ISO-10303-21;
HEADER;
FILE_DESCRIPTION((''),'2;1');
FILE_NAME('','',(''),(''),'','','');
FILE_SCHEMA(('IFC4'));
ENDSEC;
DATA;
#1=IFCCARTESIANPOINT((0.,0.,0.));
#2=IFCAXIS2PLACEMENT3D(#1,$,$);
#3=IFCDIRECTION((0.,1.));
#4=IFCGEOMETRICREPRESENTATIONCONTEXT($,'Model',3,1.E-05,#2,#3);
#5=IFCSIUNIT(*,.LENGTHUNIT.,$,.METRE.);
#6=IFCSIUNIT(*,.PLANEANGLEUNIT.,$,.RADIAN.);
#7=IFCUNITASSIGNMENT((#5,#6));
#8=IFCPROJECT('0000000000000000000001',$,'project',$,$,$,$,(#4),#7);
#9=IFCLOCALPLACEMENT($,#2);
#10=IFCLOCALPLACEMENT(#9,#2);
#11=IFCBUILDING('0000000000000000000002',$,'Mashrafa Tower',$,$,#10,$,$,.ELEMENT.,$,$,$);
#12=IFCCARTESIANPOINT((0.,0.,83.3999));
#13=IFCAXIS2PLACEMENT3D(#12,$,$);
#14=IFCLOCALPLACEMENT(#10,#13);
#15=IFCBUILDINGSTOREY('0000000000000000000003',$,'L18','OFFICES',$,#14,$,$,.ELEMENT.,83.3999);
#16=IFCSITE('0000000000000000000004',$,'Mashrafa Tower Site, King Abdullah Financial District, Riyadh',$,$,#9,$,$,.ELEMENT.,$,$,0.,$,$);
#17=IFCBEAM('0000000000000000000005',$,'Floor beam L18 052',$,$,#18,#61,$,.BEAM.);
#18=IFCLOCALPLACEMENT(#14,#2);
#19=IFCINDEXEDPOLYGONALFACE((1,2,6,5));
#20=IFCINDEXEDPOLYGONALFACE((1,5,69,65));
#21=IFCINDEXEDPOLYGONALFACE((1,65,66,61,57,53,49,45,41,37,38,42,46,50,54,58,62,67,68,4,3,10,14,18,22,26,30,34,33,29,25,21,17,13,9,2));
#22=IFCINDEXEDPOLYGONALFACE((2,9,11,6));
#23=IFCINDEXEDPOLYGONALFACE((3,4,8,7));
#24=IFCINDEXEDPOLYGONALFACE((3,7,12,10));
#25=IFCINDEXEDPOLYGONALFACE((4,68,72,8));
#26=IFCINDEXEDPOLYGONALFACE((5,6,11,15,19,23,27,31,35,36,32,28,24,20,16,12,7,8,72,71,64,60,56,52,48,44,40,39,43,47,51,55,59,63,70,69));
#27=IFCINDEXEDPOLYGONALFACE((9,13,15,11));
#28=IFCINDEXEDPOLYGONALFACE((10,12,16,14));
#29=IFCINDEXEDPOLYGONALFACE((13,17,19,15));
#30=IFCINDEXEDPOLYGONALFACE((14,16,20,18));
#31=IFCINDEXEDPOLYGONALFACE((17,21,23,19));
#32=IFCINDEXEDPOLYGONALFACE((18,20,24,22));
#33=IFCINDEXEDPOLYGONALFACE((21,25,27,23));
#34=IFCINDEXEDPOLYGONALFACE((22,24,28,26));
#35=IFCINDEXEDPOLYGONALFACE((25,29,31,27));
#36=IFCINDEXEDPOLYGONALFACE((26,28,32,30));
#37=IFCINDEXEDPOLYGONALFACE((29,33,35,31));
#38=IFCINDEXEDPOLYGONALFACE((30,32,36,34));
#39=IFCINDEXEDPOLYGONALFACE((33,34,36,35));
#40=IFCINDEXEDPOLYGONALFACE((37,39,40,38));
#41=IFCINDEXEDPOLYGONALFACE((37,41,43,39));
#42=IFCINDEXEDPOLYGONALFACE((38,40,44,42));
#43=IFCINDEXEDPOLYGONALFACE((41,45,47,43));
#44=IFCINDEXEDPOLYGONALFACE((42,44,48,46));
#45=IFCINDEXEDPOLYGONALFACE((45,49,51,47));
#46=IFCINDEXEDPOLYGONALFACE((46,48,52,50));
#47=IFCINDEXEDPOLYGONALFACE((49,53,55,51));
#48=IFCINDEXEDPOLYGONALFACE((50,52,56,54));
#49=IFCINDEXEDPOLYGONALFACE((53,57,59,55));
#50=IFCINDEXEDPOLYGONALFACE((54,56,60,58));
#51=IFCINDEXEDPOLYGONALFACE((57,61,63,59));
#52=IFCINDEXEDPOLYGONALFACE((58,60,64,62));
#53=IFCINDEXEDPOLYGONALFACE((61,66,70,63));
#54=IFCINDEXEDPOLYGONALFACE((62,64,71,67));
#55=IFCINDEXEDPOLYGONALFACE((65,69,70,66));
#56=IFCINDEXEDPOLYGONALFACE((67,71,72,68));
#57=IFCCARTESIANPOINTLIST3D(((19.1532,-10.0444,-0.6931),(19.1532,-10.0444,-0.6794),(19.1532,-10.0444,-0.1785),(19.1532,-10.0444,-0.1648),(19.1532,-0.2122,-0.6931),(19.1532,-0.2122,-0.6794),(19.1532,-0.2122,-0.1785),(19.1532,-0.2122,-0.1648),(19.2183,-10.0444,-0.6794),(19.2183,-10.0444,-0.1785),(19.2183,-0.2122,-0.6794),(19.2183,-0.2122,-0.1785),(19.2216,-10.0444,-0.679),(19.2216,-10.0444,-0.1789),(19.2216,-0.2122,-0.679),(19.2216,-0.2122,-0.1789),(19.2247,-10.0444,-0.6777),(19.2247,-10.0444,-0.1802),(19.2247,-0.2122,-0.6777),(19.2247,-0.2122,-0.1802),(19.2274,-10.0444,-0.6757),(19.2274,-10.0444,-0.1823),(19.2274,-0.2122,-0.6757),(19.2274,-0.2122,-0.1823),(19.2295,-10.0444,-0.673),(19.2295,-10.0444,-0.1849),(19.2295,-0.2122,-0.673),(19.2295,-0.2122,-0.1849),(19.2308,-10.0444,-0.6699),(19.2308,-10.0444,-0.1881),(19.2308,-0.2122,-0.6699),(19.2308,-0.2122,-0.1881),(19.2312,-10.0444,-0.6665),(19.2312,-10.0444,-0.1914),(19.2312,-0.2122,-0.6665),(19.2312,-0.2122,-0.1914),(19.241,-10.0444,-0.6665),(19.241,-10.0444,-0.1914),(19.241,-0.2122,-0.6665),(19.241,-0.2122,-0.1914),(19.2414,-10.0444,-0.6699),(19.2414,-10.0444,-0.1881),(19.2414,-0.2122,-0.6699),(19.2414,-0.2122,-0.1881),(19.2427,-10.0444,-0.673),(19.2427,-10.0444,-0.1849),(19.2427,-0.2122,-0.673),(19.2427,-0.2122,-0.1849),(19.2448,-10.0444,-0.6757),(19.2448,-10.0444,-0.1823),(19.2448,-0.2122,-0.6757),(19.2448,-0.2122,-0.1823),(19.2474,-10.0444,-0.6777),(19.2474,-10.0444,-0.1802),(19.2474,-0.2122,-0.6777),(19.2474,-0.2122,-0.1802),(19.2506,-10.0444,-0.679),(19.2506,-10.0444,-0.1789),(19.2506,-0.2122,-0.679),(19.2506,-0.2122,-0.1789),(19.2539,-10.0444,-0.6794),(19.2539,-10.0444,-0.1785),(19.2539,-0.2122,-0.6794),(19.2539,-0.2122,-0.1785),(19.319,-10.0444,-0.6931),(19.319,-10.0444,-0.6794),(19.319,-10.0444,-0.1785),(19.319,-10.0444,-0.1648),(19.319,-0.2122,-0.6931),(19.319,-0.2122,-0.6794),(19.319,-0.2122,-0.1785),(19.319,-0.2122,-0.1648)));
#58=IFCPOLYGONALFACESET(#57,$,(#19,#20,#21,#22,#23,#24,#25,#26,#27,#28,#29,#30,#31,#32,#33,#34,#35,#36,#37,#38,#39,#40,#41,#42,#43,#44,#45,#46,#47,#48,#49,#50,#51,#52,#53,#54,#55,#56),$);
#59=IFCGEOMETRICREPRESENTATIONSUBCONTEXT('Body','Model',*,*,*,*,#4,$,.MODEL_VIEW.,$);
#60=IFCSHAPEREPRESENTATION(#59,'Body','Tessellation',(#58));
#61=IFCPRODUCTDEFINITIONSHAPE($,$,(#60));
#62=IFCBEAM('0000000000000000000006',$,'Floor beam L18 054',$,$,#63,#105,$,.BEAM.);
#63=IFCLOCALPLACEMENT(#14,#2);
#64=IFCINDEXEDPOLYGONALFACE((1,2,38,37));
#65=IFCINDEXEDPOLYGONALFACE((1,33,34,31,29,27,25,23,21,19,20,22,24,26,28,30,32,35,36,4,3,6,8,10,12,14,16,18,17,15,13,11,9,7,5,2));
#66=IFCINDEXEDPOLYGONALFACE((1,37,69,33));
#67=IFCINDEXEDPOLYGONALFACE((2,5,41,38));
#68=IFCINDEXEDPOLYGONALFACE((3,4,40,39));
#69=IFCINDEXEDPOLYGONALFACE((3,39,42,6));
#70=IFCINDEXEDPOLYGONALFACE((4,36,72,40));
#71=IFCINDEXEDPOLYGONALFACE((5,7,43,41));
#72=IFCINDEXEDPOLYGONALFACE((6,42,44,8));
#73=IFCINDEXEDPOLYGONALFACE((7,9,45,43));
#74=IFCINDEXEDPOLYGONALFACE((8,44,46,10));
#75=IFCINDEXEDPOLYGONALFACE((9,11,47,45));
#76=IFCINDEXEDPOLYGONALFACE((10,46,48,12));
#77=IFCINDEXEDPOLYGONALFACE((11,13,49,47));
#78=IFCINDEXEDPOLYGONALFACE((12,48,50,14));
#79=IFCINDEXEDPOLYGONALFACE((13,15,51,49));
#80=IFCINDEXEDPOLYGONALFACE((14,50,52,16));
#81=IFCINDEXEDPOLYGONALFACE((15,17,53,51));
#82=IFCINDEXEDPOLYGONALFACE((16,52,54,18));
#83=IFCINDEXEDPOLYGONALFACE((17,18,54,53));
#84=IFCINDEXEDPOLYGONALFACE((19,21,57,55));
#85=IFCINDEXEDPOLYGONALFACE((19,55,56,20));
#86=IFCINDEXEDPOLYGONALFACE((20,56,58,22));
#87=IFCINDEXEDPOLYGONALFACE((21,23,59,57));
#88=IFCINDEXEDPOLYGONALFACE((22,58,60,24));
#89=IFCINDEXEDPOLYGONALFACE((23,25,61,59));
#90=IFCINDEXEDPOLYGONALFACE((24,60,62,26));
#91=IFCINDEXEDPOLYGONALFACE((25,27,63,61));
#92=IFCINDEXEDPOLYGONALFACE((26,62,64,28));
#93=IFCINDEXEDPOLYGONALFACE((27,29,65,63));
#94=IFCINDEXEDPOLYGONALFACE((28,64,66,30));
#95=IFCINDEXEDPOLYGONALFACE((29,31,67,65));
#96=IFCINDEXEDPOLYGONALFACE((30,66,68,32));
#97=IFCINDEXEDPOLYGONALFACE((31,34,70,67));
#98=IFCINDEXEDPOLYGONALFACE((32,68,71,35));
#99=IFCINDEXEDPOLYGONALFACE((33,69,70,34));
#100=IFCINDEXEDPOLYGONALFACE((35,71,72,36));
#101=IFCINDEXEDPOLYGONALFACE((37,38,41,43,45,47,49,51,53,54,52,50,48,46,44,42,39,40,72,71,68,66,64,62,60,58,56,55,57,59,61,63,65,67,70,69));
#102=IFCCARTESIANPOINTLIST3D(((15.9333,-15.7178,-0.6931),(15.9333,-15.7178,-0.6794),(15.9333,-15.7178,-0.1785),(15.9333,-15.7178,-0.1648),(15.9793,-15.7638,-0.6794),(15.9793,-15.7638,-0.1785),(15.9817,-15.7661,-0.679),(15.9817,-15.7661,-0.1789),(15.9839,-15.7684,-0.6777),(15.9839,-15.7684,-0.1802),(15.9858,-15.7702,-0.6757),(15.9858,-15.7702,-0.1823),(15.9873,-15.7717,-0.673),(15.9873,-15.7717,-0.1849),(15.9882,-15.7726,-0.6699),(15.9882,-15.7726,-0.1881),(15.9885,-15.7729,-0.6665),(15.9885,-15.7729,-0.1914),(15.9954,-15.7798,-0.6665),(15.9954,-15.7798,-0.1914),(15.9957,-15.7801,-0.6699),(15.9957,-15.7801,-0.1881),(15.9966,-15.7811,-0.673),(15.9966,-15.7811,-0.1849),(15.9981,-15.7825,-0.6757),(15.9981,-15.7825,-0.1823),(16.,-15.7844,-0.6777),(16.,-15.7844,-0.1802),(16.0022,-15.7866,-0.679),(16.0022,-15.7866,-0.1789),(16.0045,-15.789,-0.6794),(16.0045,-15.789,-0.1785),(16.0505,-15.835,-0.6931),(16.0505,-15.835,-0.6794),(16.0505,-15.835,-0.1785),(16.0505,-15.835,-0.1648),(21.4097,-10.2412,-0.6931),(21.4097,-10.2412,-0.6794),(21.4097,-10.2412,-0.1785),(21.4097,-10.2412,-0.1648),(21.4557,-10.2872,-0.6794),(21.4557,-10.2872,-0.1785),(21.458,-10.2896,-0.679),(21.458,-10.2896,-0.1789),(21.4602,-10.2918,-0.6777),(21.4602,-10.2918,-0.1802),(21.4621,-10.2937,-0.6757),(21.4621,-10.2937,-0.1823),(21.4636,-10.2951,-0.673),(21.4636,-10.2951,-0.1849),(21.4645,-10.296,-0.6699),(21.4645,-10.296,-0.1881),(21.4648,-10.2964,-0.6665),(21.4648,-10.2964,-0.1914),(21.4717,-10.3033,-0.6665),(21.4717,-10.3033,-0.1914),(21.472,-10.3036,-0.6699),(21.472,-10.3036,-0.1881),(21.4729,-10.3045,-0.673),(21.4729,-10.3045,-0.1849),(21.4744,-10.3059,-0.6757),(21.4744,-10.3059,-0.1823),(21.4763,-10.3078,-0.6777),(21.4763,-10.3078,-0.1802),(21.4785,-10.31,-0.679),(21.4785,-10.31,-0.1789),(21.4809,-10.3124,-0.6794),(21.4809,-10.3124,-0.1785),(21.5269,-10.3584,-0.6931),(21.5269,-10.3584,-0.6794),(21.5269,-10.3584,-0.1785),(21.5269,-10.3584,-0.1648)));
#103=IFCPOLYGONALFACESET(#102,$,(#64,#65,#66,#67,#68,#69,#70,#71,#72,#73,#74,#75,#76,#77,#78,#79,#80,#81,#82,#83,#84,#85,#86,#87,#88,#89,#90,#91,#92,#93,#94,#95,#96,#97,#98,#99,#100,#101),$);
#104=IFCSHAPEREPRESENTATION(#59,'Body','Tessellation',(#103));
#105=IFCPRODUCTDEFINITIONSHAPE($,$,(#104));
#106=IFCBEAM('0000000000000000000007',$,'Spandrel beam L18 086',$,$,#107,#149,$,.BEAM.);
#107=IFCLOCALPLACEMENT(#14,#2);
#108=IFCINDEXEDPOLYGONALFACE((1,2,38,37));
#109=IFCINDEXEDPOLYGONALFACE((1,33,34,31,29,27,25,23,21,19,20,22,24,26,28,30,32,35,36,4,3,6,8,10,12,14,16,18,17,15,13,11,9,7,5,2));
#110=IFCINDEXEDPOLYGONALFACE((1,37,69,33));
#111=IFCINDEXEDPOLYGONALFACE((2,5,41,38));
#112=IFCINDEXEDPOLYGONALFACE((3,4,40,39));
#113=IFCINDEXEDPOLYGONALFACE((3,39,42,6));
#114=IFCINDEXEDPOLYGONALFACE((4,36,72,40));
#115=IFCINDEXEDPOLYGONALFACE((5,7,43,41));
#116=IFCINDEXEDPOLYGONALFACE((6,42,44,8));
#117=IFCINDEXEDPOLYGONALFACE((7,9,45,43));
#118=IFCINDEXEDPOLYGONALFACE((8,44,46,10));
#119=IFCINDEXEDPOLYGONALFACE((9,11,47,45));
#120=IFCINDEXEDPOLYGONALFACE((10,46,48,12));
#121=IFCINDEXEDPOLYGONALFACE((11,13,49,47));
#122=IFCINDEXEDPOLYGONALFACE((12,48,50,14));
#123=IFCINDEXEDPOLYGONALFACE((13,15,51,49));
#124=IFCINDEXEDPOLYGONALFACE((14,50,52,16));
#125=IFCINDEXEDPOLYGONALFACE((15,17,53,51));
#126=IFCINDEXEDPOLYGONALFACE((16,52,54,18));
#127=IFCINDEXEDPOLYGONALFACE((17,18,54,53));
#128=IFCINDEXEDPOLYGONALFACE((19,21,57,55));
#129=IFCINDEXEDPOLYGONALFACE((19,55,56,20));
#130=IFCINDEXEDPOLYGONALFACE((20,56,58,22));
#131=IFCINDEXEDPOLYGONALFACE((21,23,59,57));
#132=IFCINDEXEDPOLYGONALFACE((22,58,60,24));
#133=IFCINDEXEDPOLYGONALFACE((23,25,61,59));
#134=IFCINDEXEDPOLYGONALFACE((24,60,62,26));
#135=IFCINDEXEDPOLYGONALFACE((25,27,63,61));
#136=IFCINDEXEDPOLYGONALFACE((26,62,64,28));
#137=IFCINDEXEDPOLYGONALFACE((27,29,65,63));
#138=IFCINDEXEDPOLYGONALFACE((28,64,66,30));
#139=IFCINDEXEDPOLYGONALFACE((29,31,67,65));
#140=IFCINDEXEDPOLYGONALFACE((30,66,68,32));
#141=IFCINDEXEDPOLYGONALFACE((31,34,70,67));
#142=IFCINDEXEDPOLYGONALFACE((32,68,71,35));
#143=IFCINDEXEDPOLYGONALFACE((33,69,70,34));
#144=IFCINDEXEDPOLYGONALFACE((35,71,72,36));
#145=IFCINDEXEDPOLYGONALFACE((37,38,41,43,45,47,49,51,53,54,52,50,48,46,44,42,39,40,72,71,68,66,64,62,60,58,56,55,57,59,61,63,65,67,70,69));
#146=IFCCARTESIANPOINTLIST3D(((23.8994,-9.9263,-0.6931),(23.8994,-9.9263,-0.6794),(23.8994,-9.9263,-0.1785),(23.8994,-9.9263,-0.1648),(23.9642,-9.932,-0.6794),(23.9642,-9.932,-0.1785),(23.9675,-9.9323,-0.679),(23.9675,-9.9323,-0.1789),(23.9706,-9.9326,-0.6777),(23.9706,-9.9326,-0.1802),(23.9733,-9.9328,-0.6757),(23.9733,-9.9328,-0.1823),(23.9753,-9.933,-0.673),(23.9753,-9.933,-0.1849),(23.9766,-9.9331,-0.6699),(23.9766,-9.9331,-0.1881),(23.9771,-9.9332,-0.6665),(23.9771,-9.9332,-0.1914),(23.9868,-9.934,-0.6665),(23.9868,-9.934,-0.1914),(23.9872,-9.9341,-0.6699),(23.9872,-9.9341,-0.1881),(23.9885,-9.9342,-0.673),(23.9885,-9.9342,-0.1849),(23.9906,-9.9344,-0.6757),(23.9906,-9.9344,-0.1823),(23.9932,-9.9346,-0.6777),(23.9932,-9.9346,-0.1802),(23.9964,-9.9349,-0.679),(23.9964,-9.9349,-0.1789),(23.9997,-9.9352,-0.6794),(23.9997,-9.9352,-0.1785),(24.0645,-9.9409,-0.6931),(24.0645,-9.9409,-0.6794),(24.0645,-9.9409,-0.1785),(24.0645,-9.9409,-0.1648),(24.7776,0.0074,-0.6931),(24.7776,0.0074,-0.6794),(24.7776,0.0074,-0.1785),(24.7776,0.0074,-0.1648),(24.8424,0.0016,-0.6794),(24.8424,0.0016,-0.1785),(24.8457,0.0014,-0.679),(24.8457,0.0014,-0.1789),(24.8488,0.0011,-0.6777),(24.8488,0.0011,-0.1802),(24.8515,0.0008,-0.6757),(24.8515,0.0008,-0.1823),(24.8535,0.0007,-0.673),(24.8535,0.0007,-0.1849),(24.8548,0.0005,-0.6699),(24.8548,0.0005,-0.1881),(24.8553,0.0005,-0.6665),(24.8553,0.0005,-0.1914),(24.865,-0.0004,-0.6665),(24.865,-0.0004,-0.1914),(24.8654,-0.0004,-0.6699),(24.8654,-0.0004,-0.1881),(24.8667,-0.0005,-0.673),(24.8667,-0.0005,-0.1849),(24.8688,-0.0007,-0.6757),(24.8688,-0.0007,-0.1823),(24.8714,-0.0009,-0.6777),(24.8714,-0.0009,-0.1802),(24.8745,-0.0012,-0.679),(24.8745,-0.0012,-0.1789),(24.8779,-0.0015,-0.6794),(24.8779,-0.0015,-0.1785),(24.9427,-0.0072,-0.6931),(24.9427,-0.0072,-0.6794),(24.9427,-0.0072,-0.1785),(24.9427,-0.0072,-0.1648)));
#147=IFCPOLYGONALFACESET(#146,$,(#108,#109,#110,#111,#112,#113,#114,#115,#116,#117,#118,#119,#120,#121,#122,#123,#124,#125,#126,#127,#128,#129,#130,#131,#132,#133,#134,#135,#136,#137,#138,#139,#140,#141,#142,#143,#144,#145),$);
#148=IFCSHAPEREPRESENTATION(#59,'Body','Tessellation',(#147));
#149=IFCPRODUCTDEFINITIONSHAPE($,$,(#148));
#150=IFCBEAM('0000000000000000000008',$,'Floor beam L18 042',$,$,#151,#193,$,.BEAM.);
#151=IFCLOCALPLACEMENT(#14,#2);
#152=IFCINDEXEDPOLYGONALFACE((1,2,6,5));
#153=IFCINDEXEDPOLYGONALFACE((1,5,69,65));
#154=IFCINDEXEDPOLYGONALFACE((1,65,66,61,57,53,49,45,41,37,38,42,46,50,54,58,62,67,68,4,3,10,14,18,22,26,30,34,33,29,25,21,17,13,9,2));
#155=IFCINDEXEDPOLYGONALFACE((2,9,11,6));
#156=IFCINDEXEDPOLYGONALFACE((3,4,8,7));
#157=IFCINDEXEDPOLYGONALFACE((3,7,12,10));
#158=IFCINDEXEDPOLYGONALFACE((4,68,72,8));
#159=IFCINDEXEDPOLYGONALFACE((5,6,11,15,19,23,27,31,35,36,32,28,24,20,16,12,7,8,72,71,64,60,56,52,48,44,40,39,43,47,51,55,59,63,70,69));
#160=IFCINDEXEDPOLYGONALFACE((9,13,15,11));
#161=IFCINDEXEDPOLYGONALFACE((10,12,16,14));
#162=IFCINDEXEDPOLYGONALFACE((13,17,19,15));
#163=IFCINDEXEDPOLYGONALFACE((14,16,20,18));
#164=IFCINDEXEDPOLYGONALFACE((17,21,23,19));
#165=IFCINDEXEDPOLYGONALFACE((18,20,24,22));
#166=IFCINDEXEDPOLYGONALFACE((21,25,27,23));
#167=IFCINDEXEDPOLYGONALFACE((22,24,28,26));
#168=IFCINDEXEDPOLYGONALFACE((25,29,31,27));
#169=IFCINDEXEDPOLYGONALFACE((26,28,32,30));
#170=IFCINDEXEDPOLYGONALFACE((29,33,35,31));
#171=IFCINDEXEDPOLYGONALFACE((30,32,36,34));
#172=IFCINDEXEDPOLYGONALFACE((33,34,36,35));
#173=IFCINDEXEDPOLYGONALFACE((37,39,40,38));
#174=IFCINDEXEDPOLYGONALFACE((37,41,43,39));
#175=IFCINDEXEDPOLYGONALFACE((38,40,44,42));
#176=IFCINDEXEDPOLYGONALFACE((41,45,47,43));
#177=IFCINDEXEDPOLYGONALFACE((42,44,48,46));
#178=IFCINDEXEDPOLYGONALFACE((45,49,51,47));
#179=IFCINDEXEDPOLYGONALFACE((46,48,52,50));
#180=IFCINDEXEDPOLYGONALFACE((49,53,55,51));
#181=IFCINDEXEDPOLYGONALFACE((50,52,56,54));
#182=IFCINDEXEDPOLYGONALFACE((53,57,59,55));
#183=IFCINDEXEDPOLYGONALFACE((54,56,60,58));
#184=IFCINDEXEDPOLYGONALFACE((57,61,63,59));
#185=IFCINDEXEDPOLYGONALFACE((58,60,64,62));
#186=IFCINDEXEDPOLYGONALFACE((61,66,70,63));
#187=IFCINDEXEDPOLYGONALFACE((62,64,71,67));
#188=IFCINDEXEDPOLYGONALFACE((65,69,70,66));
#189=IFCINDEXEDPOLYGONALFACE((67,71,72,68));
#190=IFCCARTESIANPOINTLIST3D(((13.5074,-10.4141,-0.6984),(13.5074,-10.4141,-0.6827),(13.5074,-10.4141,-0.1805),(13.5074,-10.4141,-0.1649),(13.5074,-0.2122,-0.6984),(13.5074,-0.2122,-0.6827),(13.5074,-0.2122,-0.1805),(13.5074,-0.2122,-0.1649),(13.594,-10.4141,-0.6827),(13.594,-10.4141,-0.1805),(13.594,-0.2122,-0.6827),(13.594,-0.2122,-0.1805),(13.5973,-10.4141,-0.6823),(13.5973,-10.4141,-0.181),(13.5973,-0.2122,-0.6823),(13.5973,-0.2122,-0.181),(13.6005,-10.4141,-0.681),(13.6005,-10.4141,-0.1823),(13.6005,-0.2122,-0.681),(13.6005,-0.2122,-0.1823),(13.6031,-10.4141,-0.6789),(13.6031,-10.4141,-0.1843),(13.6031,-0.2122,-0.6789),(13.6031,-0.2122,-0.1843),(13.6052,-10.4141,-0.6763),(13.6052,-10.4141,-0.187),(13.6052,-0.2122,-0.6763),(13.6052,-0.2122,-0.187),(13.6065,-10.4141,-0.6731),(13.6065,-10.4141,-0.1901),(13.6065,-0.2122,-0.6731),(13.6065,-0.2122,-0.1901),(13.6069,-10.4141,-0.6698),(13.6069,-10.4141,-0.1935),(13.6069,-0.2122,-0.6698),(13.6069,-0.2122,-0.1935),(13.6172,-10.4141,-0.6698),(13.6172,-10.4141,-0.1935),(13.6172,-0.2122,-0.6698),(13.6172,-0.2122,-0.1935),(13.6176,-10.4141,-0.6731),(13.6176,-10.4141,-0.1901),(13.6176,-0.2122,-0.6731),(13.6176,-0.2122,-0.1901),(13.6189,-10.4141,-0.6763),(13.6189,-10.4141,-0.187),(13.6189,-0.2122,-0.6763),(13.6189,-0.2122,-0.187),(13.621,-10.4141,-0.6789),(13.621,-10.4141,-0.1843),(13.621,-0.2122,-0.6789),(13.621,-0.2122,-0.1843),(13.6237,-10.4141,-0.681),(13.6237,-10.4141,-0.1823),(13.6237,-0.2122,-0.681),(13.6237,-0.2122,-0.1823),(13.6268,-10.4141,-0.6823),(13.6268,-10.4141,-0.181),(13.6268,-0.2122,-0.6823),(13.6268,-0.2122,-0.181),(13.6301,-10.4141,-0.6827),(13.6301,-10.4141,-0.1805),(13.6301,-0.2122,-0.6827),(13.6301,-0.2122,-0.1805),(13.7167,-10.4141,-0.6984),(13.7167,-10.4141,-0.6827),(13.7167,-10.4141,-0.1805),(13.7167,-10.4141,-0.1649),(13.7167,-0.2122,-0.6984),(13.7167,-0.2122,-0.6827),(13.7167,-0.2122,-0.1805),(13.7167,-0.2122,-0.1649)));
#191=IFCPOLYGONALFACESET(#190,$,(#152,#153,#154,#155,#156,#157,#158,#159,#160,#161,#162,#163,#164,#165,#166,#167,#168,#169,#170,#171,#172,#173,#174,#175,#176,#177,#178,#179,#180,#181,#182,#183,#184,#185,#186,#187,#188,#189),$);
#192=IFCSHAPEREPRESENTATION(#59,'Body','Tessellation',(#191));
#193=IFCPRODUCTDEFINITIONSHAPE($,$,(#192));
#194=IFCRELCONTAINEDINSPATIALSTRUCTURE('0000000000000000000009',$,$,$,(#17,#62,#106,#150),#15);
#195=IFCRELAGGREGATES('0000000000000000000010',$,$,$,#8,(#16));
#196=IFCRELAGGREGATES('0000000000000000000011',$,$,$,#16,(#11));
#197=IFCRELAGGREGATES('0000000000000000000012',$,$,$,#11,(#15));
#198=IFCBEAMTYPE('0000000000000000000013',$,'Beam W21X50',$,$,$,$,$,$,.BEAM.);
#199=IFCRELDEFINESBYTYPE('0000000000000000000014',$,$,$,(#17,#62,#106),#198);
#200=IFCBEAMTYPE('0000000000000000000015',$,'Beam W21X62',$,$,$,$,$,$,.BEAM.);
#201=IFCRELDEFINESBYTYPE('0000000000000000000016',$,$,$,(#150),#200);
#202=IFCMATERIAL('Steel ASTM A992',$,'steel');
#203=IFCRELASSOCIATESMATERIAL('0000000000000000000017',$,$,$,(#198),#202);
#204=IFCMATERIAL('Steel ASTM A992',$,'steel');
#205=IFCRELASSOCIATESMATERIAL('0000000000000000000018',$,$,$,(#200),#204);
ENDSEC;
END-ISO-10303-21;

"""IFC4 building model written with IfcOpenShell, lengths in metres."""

from ifc_helpers import new_model, si_unit, direction, frame, origin, origin_2d, place, context, subcontext, project, spatial, i_section, extrude, material, material_profile, profile_set, type_object, element, save


model = new_model("IFC4")

# Units and contexts
model_context = context("Model", 3, precision=1e-05, world=origin(), true_north=direction((0.0, 1.0)))
body_context = subcontext(model_context, "Body", "Model", "MODEL_VIEW")
ifc_project = project(units=[si_unit("LENGTHUNIT", "METRE"), si_unit("PLANEANGLEUNIT", "RADIAN")], contexts=[model_context])

# Site, building, storey
site_placement = place(None, origin())
site = spatial("IfcSite", under=ifc_project, at=site_placement, Name="Mashrafa Tower Site, King Abdullah Financial District, Riyadh", CompositionType="ELEMENT", RefElevation=0.0)
building_placement = place(site_placement, origin())
building = spatial("IfcBuilding", under=site, at=building_placement, Name="Mashrafa Tower", CompositionType="ELEMENT")
storey_placement = place(building_placement, frame((0.0, 0.0, 83.3999)))
storey = spatial("IfcBuildingStorey", under=building, at=storey_placement, Name="L18", Description="OFFICES", CompositionType="ELEMENT", Elevation=83.3999)

# Beams
ifc_material_1 = material(Name="Steel ASTM A992", Category="steel")
ifc_material_profile_1 = material_profile(ifc_material_1, i_section(OverallWidth=0.1658, OverallDepth=0.5283, WebThickness=0.0098, FlangeThickness=0.0137, FilletRadius=0.0129, at=origin_2d()), Name="W21X50")
ifc_profile_set_1 = profile_set([ifc_material_profile_1], Name="Steel ASTM A992")
beam_type_1 = type_object("IfcBeamType", Name="Beam W21X50", PredefinedType="BEAM", material=ifc_profile_set_1)
beam_1_placement = place(storey_placement, frame((19.2361, -0.2122, -0.429), z_axis=(0.0, -1.0, 0.0), x_axis=(1.0, 0.0, 0.0)))
element("IfcBeam", 1, at=beam_1_placement, inside=storey, type_object=beam_type_1, Name="Floor beam L18 052", PredefinedType="BEAM", context=body_context, shape_type="SweptSolid", body=[
    extrude(i_section(OverallWidth=0.1658, OverallDepth=0.5283, WebThickness=0.0098, FlangeThickness=0.0137, FilletRadius=0.0129, at=origin_2d()), origin(), (0.0, 0.0, 1.0), 9.8323),
])
beam_2_placement = place(storey_placement, frame((21.4683, -10.2998, -0.429), z_axis=(-0.707091, -0.707123, 0.0), x_axis=(0.707123, -0.707091, 0.0)))
element("IfcBeam", 2, at=beam_2_placement, inside=storey, type_object=beam_type_1, Name="Floor beam L18 054", PredefinedType="BEAM", context=body_context, shape_type="SweptSolid", body=[
    extrude(i_section(OverallWidth=0.1658, OverallDepth=0.5283, WebThickness=0.0098, FlangeThickness=0.0137, FilletRadius=0.0129, at=origin_2d()), origin(), (0.0, 0.0, 1.0), 7.7449),
])
beam_3_placement = place(storey_placement, frame((23.9819, -9.9336, -0.429), z_axis=(0.088061, 0.996115, 0.0), x_axis=(-0.996115, 0.088061, 0.0)))
element("IfcBeam", 3, at=beam_3_placement, inside=storey, type_object=beam_type_1, Name="Spandrel beam L18 086", PredefinedType="BEAM", context=body_context, shape_type="SweptSolid", body=[
    extrude(i_section(OverallWidth=0.1658, OverallDepth=0.5283, WebThickness=0.0098, FlangeThickness=0.0137, FilletRadius=0.0129, at=origin_2d()), origin(), (0.0, 0.0, 1.0), 9.9724),
])
ifc_material_2 = material(Name="Steel ASTM A992", Category="steel")
ifc_material_profile_2 = material_profile(ifc_material_2, i_section(OverallWidth=0.2092, OverallDepth=0.5334, WebThickness=0.0103, FlangeThickness=0.0156, FilletRadius=0.0129, at=origin_2d()), Name="W21X62")
ifc_profile_set_2 = profile_set([ifc_material_profile_2], Name="Steel ASTM A992")
beam_type_2 = type_object("IfcBeamType", Name="Beam W21X62", PredefinedType="BEAM", material=ifc_profile_set_2)
beam_4_placement = place(storey_placement, frame((13.6121, -0.2122, -0.4316), z_axis=(0.0, -1.0, 0.0), x_axis=(1.0, 0.0, 0.0)))
element("IfcBeam", 4, at=beam_4_placement, inside=storey, type_object=beam_type_2, Name="Floor beam L18 042", PredefinedType="BEAM", context=body_context, shape_type="SweptSolid", body=[
    extrude(i_section(OverallWidth=0.2092, OverallDepth=0.5334, WebThickness=0.0103, FlangeThickness=0.0156, FilletRadius=0.0129, at=origin_2d()), origin(), (0.0, 0.0, 1.0), 10.2019),
])

save(model, "model.ifc")
